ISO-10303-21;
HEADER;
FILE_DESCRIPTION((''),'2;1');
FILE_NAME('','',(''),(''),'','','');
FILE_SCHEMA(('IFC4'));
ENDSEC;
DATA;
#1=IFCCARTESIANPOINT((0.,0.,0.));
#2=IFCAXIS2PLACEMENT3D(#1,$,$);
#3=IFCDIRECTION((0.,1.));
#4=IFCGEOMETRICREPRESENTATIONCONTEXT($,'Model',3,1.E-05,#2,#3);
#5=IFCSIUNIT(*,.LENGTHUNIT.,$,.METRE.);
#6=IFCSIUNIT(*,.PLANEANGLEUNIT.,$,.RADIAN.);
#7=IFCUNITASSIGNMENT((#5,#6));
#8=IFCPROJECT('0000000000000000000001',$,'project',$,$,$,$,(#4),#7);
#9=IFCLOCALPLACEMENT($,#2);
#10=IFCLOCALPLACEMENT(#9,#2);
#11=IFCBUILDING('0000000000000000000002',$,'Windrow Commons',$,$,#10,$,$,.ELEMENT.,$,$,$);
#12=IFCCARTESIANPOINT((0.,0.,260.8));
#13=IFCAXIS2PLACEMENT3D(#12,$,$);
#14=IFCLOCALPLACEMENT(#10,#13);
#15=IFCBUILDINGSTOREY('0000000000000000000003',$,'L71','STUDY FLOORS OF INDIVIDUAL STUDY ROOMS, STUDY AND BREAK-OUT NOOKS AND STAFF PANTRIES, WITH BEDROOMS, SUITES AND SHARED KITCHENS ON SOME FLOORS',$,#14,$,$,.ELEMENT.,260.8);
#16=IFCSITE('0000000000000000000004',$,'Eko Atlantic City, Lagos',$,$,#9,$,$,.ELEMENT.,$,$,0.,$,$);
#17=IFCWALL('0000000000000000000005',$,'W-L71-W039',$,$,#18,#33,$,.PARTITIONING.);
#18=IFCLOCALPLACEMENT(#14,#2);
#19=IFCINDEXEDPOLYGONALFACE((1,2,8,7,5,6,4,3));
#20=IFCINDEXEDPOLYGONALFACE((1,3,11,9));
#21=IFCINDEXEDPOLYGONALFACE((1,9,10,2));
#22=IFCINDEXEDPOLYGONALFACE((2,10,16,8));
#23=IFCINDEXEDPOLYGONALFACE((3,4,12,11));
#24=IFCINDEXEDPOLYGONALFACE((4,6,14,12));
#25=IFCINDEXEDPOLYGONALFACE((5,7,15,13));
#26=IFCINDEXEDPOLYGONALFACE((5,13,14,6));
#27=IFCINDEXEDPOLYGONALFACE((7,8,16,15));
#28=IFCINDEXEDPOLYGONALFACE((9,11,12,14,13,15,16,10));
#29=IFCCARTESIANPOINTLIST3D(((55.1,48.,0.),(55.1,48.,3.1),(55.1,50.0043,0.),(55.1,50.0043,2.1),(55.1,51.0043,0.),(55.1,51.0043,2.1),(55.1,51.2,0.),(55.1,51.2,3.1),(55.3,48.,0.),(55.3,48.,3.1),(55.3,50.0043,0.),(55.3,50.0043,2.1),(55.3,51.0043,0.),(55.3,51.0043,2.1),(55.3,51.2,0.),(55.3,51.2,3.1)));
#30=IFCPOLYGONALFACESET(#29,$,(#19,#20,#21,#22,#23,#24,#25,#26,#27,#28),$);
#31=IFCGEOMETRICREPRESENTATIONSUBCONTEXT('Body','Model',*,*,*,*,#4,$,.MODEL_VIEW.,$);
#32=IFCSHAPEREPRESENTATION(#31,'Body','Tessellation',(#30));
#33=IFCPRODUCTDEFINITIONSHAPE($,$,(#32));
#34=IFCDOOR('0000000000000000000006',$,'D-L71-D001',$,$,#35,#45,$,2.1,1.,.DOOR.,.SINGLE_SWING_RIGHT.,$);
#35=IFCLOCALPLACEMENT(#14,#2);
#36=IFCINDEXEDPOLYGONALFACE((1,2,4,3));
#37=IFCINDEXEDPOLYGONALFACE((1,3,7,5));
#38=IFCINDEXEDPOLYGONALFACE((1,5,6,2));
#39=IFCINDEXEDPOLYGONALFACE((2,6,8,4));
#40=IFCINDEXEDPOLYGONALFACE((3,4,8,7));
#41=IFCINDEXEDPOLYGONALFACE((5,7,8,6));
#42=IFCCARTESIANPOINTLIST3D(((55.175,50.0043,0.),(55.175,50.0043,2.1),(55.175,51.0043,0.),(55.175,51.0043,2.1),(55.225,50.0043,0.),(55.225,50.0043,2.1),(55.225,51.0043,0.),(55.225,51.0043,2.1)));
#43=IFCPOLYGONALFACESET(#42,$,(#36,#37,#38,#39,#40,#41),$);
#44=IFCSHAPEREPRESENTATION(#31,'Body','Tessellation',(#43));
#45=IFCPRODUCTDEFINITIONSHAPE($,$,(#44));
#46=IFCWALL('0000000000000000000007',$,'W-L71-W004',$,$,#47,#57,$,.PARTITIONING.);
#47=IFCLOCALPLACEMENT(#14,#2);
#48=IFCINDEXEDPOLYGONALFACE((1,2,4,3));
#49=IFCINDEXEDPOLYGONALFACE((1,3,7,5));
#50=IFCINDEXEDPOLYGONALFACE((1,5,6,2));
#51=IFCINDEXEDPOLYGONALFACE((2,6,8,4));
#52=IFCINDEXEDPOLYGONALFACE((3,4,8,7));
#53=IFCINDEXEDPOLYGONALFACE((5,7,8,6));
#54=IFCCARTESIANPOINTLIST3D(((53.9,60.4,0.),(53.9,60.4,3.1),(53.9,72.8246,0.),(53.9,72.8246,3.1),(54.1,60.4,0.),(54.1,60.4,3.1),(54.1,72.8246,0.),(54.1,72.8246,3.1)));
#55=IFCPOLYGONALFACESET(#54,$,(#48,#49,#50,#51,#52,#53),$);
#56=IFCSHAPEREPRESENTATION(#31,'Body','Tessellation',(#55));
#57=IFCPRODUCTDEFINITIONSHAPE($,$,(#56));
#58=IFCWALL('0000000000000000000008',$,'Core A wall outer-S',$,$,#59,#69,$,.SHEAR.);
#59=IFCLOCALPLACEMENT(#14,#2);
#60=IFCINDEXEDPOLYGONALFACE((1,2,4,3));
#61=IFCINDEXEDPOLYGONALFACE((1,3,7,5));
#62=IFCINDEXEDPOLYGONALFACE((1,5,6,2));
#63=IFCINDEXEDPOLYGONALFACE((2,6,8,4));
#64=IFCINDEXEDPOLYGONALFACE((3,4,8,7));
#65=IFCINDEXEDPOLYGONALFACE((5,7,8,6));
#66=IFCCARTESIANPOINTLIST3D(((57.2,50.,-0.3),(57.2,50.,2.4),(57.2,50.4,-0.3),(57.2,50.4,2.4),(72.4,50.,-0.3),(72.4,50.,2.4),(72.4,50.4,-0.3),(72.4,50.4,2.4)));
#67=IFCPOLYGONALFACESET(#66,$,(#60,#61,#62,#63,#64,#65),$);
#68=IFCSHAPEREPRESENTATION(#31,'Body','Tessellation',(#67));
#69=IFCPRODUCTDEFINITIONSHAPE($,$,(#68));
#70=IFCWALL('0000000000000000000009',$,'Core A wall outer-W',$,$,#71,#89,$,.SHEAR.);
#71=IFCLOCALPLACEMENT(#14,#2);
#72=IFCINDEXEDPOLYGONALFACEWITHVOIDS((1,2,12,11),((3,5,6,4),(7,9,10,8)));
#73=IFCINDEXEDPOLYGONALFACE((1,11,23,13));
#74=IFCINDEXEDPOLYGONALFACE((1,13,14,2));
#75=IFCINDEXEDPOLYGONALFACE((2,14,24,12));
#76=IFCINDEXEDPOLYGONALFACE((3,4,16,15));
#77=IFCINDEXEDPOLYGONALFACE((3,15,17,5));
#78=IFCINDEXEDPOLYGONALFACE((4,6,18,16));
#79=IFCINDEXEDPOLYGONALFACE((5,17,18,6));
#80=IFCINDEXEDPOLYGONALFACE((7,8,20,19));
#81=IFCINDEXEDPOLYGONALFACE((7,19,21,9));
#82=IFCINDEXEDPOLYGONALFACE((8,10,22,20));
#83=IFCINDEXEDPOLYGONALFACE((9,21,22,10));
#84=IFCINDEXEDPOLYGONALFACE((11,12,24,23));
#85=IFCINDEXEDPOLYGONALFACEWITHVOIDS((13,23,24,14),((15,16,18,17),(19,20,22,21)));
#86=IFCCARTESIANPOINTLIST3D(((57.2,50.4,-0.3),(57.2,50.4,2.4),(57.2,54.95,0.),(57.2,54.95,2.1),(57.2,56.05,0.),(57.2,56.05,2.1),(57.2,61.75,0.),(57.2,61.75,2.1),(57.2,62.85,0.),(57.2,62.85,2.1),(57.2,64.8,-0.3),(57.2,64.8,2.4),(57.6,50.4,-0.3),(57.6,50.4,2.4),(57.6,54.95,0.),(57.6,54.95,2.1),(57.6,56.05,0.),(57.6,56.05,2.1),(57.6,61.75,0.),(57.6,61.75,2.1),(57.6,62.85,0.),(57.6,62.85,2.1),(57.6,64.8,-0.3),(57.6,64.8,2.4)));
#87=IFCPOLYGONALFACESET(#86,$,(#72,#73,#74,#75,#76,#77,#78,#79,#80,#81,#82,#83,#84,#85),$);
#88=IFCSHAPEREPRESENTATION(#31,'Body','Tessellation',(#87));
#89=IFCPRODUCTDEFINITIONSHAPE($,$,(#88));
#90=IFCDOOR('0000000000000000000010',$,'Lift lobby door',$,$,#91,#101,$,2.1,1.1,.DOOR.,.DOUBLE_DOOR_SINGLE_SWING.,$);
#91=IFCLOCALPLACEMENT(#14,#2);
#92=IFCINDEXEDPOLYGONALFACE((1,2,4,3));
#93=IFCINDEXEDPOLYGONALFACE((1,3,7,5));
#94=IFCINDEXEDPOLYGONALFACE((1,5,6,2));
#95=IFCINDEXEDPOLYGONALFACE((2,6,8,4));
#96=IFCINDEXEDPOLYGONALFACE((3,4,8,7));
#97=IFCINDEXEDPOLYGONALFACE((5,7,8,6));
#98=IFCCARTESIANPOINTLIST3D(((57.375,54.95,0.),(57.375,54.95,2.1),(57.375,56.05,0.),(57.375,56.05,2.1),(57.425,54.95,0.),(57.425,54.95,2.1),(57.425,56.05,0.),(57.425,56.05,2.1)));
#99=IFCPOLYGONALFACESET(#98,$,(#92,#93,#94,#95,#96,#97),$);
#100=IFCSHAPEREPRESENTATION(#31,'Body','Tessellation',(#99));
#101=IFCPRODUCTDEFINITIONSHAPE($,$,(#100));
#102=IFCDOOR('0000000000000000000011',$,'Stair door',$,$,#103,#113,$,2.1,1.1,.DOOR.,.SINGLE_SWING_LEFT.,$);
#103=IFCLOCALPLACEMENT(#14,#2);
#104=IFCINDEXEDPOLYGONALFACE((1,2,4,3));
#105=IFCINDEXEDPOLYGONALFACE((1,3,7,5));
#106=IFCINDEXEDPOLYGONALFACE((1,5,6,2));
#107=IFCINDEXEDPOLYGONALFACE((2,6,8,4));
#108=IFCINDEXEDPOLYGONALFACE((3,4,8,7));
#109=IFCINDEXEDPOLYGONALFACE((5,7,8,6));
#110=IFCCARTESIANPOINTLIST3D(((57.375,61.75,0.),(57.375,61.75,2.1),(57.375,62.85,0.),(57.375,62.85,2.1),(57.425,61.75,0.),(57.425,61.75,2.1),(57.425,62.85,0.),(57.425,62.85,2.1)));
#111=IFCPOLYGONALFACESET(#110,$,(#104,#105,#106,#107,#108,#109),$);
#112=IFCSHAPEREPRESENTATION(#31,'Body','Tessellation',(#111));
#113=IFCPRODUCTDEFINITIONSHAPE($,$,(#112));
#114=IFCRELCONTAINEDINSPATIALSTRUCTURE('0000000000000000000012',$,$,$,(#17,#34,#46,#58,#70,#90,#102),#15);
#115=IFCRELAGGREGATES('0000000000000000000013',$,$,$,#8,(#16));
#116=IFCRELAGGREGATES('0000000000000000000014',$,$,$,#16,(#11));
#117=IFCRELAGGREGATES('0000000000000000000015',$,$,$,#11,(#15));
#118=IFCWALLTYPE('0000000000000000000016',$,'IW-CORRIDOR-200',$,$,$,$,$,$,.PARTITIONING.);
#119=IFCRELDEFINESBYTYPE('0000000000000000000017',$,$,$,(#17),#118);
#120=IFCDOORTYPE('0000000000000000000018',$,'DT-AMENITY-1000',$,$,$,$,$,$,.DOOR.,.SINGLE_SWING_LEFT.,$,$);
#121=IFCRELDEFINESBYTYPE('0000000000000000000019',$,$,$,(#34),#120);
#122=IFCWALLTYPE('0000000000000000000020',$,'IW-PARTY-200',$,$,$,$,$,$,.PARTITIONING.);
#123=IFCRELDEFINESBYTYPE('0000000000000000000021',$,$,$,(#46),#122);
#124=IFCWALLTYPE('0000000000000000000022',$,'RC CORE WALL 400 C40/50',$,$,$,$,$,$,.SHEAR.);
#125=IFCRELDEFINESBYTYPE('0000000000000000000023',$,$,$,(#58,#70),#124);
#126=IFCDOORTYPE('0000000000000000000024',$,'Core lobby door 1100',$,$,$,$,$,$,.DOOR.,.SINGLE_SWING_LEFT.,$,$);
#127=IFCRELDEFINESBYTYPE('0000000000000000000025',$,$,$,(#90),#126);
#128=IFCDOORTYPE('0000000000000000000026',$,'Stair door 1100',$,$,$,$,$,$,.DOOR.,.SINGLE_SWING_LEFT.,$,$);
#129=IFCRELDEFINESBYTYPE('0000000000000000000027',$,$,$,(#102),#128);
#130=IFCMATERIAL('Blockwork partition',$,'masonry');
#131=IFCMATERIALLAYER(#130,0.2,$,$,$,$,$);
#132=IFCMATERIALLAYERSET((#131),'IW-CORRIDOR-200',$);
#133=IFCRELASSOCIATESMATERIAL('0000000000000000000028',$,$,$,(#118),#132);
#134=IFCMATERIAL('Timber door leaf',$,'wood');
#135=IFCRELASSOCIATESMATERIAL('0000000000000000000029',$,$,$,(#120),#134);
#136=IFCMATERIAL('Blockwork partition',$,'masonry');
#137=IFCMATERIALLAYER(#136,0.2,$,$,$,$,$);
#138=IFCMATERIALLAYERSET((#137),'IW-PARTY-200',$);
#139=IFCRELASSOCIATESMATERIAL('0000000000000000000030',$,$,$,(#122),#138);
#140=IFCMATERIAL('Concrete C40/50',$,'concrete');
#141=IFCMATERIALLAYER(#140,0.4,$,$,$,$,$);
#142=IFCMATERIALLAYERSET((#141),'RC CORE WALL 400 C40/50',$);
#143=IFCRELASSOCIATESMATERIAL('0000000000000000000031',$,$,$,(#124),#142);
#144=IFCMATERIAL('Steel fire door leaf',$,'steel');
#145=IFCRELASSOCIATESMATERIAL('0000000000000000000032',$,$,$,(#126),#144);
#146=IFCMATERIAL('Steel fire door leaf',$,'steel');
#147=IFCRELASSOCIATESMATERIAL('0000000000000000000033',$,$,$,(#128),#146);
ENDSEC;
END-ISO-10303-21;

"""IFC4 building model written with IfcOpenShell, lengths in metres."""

from ifc_helpers import new_model, si_unit, direction, frame, frame_2d, origin, place, context, subcontext, project, spatial, rectangle, extrude, material, layer, layer_set, type_object, element, fill, save


model = new_model("IFC4")

# Units and contexts
model_context = context("Model", 3, precision=1e-05, world=origin(), true_north=direction((0.0, 1.0)))
body_context = subcontext(model_context, "Body", "Model", "MODEL_VIEW")
ifc_project = project(units=[si_unit("LENGTHUNIT", "METRE"), si_unit("PLANEANGLEUNIT", "RADIAN")], contexts=[model_context])

# Site, building, storey
site_placement = place(None, origin())
site = spatial("IfcSite", under=ifc_project, at=site_placement, Name="Eko Atlantic City, Lagos", CompositionType="ELEMENT", RefElevation=0.0)
building_placement = place(site_placement, origin())
building = spatial("IfcBuilding", under=site, at=building_placement, Name="Windrow Commons", CompositionType="ELEMENT")
storey_placement = place(building_placement, frame((0.0, 0.0, 260.8)))
storey = spatial("IfcBuildingStorey", under=building, at=storey_placement, Name="L71", Description="STUDY FLOORS OF INDIVIDUAL STUDY ROOMS, STUDY AND BREAK-OUT NOOKS AND STAFF PANTRIES, WITH BEDROOMS, SUITES AND SHARED KITCHENS ON SOME FLOORS", CompositionType="ELEMENT", Elevation=260.8)

# Shared definitions
ifc_material_1 = material(Name="Blockwork partition", Category="masonry")
ifc_layer_1 = layer(ifc_material_1, 0.2)
ifc_layer_set_1 = layer_set([ifc_layer_1], Name="IW-CORRIDOR-200")
wall_type_1 = type_object("IfcWallType", Name="IW-CORRIDOR-200", PredefinedType="PARTITIONING", material=ifc_layer_set_1)
ifc_material_2 = material(Name="Timber door leaf", Category="wood")
door_type_1 = type_object("IfcDoorType", Name="DT-AMENITY-1000", OperationType="SINGLE_SWING_LEFT", PredefinedType="DOOR", material=ifc_material_2)

# Wall, opening, door
wall_1_placement = place(storey_placement, frame((55.2, 48.0, 0.0), z_axis=(0.0, 0.0, 1.0), x_axis=(0.0, 1.0, 0.0)))
wall_1 = element("IfcWall", 1, at=wall_1_placement, inside=storey, type_object=wall_type_1, Name="W-L71-W039", PredefinedType="PARTITIONING", context=body_context, shape_type="SweptSolid", body=[
    extrude(rectangle(XDim=3.2, YDim=0.2, at=frame_2d((1.6, 0.0))), origin(), (0.0, 0.0, 1.0), 3.1),
])
opening_1_placement = place(wall_1_placement, frame((2.0043, 0.0, 0.0)))
opening_1 = element("IfcOpeningElement", 2, at=opening_1_placement, cuts=wall_1, PredefinedType="OPENING", context=body_context, shape_type="SweptSolid", body=[
    extrude(rectangle(XDim=1.0, YDim=2.1, at=frame_2d((0.5, 1.05))), frame((0.0, 0.11, 0.0), z_axis=(0.0, -1.0, 0.0), x_axis=(1.0, 0.0, 0.0)), (0.0, 0.0, 1.0), 0.22),
])
door_1_placement = place(opening_1_placement, origin())
door_1 = element("IfcDoor", 3, at=door_1_placement, inside=storey, type_object=door_type_1, Name="D-L71-D001", OperationType="SINGLE_SWING_RIGHT", OverallHeight=2.1, OverallWidth=1.0, PredefinedType="DOOR", context=body_context, shape_type="SweptSolid", body=[
    extrude(rectangle(XDim=1.0, YDim=2.1, at=frame_2d((0.5, 1.05))), frame((0.0, 0.025, 0.0), z_axis=(0.0, -1.0, 0.0), x_axis=(1.0, 0.0, 0.0)), (0.0, 0.0, 1.0), 0.05),
])
fill(opening_1, door_1)

# Walls
ifc_material_3 = material(Name="Blockwork partition", Category="masonry")
ifc_layer_2 = layer(ifc_material_3, 0.2)
ifc_layer_set_2 = layer_set([ifc_layer_2], Name="IW-PARTY-200")
wall_type_2 = type_object("IfcWallType", Name="IW-PARTY-200", PredefinedType="PARTITIONING", material=ifc_layer_set_2)
wall_2_placement = place(storey_placement, frame((54.0, 60.4, 0.0), z_axis=(0.0, 0.0, 1.0), x_axis=(0.0, 1.0, 0.0)))
element("IfcWall", 4, at=wall_2_placement, inside=storey, type_object=wall_type_2, Name="W-L71-W004", PredefinedType="PARTITIONING", context=body_context, shape_type="SweptSolid", body=[
    extrude(rectangle(XDim=12.4246, YDim=0.2, at=frame_2d((6.2123, 0.0))), origin(), (0.0, 0.0, 1.0), 3.1),
])
ifc_material_4 = material(Name="Concrete C40/50", Category="concrete")
ifc_layer_3 = layer(ifc_material_4, 0.4)
ifc_layer_set_3 = layer_set([ifc_layer_3], Name="RC CORE WALL 400 C40/50")
wall_type_3 = type_object("IfcWallType", Name="RC CORE WALL 400 C40/50", PredefinedType="SHEAR", material=ifc_layer_set_3)
wall_3_placement = place(storey_placement, frame((57.2, 50.2, -0.3), z_axis=(0.0, 0.0, 1.0), x_axis=(1.0, 0.0, 0.0)))
element("IfcWall", 5, at=wall_3_placement, inside=storey, type_object=wall_type_3, Name="Core A wall outer-S", PredefinedType="SHEAR", context=body_context, shape_type="SweptSolid", body=[
    extrude(rectangle(XDim=15.2, YDim=0.4, at=frame_2d((7.6, 0.0))), origin(), (0.0, 0.0, 1.0), 2.7),
])

# Wall, openings, doors
wall_4_placement = place(storey_placement, frame((57.4, 50.4, -0.3), z_axis=(0.0, 0.0, 1.0), x_axis=(0.0, 1.0, 0.0)))
wall_4 = element("IfcWall", 6, at=wall_4_placement, inside=storey, type_object=wall_type_3, Name="Core A wall outer-W", PredefinedType="SHEAR", context=body_context, shape_type="SweptSolid", body=[
    extrude(rectangle(XDim=14.4, YDim=0.4, at=frame_2d((7.2, 0.0))), origin(), (0.0, 0.0, 1.0), 2.7),
])
opening_2_placement = place(wall_4_placement, frame((4.55, 0.0, 0.3)))
opening_2 = element("IfcOpeningElement", 7, at=opening_2_placement, cuts=wall_4, PredefinedType="OPENING", context=body_context, shape_type="SweptSolid", body=[
    extrude(rectangle(XDim=1.1, YDim=2.1, at=frame_2d((0.55, 1.05))), frame((0.0, 0.21, 0.0), z_axis=(0.0, -1.0, 0.0), x_axis=(1.0, 0.0, 0.0)), (0.0, 0.0, 1.0), 0.42),
])
opening_3_placement = place(wall_4_placement, frame((11.35, 0.0, 0.3)))
opening_3 = element("IfcOpeningElement", 8, at=opening_3_placement, cuts=wall_4, PredefinedType="OPENING", context=body_context, shape_type="SweptSolid", body=[
    extrude(rectangle(XDim=1.1, YDim=2.1, at=frame_2d((0.55, 1.05))), frame((0.0, 0.21, 0.0), z_axis=(0.0, -1.0, 0.0), x_axis=(1.0, 0.0, 0.0)), (0.0, 0.0, 1.0), 0.42),
])
ifc_material_5 = material(Name="Steel fire door leaf", Category="steel")
door_type_2 = type_object("IfcDoorType", Name="Core lobby door 1100", OperationType="SINGLE_SWING_LEFT", PredefinedType="DOOR", material=ifc_material_5)
door_2_placement = place(opening_2_placement, origin())
door_2 = element("IfcDoor", 9, at=door_2_placement, inside=storey, type_object=door_type_2, Name="Lift lobby door", OperationType="DOUBLE_DOOR_SINGLE_SWING", OverallHeight=2.1, OverallWidth=1.1, PredefinedType="DOOR", context=body_context, shape_type="SweptSolid", body=[
    extrude(rectangle(XDim=1.1, YDim=2.1, at=frame_2d((0.55, 1.05))), frame((0.0, 0.025, 0.0), z_axis=(0.0, -1.0, 0.0), x_axis=(1.0, 0.0, 0.0)), (0.0, 0.0, 1.0), 0.05),
])
fill(opening_2, door_2)
ifc_material_6 = material(Name="Steel fire door leaf", Category="steel")
door_type_3 = type_object("IfcDoorType", Name="Stair door 1100", OperationType="SINGLE_SWING_LEFT", PredefinedType="DOOR", material=ifc_material_6)
door_3_placement = place(opening_3_placement, origin())
door_3 = element("IfcDoor", 10, at=door_3_placement, inside=storey, type_object=door_type_3, Name="Stair door", OperationType="SINGLE_SWING_LEFT", OverallHeight=2.1, OverallWidth=1.1, PredefinedType="DOOR", context=body_context, shape_type="SweptSolid", body=[
    extrude(rectangle(XDim=1.1, YDim=2.1, at=frame_2d((0.55, 1.05))), frame((0.0, 0.025, 0.0), z_axis=(0.0, -1.0, 0.0), x_axis=(1.0, 0.0, 0.0)), (0.0, 0.0, 1.0), 0.05),
])
fill(opening_3, door_3)

save(model, "model.ifc")
